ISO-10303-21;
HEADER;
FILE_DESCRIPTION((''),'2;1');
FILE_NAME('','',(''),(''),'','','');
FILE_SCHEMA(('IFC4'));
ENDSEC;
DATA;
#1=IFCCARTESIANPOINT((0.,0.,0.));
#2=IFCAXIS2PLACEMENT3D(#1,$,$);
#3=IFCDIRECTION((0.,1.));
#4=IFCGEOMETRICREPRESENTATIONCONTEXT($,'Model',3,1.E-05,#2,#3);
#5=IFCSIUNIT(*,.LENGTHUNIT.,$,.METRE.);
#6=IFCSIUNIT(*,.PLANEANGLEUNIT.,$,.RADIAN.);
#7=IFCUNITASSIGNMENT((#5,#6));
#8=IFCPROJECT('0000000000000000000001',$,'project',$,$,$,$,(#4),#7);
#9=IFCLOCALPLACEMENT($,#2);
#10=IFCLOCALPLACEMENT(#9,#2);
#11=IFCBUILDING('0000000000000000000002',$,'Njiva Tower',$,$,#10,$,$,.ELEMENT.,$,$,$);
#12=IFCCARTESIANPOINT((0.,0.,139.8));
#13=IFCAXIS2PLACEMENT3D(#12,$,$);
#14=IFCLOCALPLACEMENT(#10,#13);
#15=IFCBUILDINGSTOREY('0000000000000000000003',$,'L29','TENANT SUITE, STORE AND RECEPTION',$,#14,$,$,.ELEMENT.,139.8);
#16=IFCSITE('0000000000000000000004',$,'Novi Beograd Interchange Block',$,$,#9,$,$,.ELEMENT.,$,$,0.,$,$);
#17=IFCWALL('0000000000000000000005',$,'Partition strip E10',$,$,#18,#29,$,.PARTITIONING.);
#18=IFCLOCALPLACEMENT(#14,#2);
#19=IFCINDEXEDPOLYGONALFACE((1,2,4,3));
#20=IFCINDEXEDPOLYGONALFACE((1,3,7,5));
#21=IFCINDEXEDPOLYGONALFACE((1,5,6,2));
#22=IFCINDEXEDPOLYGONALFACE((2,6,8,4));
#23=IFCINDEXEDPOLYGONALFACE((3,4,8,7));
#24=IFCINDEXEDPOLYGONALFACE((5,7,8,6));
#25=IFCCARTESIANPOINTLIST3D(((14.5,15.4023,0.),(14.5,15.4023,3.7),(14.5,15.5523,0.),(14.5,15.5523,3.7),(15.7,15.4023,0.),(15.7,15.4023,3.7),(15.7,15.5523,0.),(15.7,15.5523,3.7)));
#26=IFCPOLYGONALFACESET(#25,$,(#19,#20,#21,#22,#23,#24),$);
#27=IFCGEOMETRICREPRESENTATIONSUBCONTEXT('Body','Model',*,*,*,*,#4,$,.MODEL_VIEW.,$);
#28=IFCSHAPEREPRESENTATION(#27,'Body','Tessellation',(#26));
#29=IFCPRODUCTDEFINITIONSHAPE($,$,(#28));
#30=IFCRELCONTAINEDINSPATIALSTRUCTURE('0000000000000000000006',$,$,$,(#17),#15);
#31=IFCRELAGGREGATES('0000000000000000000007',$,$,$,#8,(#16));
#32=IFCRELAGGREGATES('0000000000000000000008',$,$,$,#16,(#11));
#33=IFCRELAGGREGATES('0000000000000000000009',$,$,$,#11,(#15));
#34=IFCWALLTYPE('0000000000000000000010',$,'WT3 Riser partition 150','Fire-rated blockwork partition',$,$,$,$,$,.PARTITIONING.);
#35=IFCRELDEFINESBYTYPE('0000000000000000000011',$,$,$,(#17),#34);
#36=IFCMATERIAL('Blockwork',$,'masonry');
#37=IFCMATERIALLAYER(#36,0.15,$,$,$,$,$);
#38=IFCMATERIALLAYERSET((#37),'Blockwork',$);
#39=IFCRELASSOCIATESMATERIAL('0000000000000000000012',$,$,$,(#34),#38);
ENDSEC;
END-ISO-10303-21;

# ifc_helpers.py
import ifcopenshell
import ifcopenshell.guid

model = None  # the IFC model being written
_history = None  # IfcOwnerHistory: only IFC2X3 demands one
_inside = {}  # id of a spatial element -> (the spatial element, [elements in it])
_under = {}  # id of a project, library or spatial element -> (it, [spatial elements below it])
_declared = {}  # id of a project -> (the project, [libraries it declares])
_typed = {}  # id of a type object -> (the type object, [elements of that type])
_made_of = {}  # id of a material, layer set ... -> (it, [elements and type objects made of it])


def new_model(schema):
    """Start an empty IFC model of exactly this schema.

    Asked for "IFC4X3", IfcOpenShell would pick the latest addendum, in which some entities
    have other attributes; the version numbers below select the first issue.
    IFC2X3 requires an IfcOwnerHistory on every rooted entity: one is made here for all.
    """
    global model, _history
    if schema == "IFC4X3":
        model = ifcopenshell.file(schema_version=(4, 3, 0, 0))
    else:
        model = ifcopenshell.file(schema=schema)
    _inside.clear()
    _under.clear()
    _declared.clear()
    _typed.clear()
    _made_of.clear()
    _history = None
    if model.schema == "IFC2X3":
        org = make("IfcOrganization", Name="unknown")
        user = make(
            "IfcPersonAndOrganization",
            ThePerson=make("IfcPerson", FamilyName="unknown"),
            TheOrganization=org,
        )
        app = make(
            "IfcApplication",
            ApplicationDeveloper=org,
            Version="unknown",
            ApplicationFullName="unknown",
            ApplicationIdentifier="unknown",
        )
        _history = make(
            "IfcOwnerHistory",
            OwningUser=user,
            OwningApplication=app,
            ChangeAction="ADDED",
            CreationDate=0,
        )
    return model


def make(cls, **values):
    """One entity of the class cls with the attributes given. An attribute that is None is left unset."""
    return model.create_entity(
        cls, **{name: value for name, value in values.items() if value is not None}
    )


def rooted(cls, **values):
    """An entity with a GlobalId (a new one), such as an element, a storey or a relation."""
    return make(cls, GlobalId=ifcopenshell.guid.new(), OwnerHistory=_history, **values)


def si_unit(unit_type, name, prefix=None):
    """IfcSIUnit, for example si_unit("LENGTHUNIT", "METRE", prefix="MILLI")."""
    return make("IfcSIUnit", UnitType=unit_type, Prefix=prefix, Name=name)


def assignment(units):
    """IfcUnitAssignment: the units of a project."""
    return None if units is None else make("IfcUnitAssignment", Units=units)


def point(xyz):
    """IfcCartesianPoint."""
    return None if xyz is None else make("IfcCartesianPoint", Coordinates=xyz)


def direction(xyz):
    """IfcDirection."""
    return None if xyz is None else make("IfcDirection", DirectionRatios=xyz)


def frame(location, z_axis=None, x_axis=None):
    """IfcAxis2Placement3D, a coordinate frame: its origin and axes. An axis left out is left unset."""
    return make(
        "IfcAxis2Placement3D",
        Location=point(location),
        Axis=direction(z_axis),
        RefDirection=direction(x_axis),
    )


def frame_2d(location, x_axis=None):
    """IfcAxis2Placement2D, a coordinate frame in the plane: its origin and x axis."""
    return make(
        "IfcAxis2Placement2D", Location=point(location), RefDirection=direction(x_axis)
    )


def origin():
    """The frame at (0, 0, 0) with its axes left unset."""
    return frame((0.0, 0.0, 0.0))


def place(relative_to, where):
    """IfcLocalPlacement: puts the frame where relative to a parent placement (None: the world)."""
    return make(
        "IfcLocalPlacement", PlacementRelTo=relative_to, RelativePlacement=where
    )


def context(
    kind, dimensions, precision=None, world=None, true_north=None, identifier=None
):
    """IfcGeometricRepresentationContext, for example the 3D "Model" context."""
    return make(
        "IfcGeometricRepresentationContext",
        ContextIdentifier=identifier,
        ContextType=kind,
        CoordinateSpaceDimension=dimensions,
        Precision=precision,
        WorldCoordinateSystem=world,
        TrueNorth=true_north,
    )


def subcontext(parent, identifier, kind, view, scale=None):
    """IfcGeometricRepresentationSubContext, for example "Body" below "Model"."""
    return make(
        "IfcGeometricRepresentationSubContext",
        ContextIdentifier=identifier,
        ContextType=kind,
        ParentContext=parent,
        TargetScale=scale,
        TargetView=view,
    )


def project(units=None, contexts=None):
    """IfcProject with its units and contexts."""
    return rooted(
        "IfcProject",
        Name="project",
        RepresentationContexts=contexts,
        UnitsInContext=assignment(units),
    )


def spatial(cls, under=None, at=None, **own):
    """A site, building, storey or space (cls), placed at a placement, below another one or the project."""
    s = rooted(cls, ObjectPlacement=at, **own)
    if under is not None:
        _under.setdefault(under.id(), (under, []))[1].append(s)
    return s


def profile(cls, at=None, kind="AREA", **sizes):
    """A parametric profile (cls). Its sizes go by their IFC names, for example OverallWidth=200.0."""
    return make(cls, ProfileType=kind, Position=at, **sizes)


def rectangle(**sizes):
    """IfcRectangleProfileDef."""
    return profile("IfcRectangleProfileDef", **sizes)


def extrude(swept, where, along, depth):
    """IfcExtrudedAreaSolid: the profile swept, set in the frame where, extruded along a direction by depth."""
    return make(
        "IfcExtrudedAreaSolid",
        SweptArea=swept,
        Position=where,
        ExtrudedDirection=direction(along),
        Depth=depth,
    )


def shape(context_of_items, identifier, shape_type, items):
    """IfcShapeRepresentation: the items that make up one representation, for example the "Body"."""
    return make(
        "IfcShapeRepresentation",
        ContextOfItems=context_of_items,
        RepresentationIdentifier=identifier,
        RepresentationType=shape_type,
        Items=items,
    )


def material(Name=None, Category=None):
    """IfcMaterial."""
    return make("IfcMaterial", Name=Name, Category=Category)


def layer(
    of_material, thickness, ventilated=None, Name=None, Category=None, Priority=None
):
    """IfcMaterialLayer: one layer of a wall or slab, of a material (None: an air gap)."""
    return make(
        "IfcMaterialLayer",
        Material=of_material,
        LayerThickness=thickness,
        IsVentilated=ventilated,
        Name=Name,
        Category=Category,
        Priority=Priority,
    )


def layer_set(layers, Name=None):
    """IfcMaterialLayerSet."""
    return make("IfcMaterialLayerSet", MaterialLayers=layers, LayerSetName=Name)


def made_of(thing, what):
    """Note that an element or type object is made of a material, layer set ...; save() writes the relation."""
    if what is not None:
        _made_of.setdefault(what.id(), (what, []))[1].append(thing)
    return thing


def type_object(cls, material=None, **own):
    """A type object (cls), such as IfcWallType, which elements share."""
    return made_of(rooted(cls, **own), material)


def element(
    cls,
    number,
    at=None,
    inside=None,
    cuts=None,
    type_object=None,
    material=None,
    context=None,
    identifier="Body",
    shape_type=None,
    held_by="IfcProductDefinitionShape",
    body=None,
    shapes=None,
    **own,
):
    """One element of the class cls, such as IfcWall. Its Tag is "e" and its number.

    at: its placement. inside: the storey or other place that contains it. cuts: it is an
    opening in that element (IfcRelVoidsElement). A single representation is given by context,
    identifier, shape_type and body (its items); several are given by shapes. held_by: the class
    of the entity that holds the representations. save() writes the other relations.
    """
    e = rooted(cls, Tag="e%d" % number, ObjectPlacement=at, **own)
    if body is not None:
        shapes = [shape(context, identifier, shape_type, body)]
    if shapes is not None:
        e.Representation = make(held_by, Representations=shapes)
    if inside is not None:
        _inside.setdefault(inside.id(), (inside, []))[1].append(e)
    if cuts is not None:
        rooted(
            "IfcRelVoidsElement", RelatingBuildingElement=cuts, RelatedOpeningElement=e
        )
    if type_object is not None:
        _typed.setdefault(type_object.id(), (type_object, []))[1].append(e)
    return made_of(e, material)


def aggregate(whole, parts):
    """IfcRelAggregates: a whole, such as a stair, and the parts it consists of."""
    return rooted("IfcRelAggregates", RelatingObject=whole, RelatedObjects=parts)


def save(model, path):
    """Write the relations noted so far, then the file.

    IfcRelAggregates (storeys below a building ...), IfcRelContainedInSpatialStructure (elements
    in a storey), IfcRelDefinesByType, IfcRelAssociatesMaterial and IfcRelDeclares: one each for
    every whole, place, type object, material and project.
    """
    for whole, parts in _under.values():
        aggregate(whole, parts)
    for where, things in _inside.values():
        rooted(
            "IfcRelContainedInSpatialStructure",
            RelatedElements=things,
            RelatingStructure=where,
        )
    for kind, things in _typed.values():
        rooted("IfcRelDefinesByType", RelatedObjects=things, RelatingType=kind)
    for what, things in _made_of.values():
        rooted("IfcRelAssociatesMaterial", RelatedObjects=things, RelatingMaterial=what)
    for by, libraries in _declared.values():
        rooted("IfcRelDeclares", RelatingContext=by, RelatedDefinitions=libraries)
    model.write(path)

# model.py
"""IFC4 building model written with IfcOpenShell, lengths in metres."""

from ifc_helpers import new_model, si_unit, direction, frame, frame_2d, origin, place, context, subcontext, project, spatial, rectangle, extrude, material, layer, layer_set, type_object, element, save


model = new_model("IFC4")

# Units and contexts
model_context = context("Model", 3, precision=1e-05, world=origin(), true_north=direction((0.0, 1.0)))
body_context = subcontext(model_context, "Body", "Model", "MODEL_VIEW")
ifc_project = project(units=[si_unit("LENGTHUNIT", "METRE"), si_unit("PLANEANGLEUNIT", "RADIAN")], contexts=[model_context])

# Site, building, storey
site_placement = place(None, origin())
site = spatial("IfcSite", under=ifc_project, at=site_placement, Name="Novi Beograd Interchange Block", CompositionType="ELEMENT", RefElevation=0.0)
building_placement = place(site_placement, origin())
building = spatial("IfcBuilding", under=site, at=building_placement, Name="Njiva Tower", CompositionType="ELEMENT")
storey_placement = place(building_placement, frame((0.0, 0.0, 139.8)))
storey = spatial("IfcBuildingStorey", under=building, at=storey_placement, Name="L29", Description="TENANT SUITE, STORE AND RECEPTION", CompositionType="ELEMENT", Elevation=139.8)

# Wall
ifc_material_1 = material(Name="Blockwork", Category="masonry")
ifc_layer_1 = layer(ifc_material_1, 0.15)
ifc_layer_set_1 = layer_set([ifc_layer_1], Name="Blockwork")
wall_type_1 = type_object("IfcWallType", Name="WT3 Riser partition 150", Description="Fire-rated blockwork partition", PredefinedType="PARTITIONING", material=ifc_layer_set_1)
wall_1_placement = place(storey_placement, frame((14.5, 15.4773, 0.0), z_axis=(0.0, 0.0, 1.0), x_axis=(1.0, 0.0, 0.0)))
element("IfcWall", 1, at=wall_1_placement, inside=storey, type_object=wall_type_1, Name="Partition strip E10", PredefinedType="PARTITIONING", context=body_context, shape_type="SweptSolid", body=[
    extrude(rectangle(XDim=1.2, YDim=0.15, at=frame_2d((0.6, 0.0))), origin(), (0.0, 0.0, 1.0), 3.7),
])

save(model, "model.ifc")
